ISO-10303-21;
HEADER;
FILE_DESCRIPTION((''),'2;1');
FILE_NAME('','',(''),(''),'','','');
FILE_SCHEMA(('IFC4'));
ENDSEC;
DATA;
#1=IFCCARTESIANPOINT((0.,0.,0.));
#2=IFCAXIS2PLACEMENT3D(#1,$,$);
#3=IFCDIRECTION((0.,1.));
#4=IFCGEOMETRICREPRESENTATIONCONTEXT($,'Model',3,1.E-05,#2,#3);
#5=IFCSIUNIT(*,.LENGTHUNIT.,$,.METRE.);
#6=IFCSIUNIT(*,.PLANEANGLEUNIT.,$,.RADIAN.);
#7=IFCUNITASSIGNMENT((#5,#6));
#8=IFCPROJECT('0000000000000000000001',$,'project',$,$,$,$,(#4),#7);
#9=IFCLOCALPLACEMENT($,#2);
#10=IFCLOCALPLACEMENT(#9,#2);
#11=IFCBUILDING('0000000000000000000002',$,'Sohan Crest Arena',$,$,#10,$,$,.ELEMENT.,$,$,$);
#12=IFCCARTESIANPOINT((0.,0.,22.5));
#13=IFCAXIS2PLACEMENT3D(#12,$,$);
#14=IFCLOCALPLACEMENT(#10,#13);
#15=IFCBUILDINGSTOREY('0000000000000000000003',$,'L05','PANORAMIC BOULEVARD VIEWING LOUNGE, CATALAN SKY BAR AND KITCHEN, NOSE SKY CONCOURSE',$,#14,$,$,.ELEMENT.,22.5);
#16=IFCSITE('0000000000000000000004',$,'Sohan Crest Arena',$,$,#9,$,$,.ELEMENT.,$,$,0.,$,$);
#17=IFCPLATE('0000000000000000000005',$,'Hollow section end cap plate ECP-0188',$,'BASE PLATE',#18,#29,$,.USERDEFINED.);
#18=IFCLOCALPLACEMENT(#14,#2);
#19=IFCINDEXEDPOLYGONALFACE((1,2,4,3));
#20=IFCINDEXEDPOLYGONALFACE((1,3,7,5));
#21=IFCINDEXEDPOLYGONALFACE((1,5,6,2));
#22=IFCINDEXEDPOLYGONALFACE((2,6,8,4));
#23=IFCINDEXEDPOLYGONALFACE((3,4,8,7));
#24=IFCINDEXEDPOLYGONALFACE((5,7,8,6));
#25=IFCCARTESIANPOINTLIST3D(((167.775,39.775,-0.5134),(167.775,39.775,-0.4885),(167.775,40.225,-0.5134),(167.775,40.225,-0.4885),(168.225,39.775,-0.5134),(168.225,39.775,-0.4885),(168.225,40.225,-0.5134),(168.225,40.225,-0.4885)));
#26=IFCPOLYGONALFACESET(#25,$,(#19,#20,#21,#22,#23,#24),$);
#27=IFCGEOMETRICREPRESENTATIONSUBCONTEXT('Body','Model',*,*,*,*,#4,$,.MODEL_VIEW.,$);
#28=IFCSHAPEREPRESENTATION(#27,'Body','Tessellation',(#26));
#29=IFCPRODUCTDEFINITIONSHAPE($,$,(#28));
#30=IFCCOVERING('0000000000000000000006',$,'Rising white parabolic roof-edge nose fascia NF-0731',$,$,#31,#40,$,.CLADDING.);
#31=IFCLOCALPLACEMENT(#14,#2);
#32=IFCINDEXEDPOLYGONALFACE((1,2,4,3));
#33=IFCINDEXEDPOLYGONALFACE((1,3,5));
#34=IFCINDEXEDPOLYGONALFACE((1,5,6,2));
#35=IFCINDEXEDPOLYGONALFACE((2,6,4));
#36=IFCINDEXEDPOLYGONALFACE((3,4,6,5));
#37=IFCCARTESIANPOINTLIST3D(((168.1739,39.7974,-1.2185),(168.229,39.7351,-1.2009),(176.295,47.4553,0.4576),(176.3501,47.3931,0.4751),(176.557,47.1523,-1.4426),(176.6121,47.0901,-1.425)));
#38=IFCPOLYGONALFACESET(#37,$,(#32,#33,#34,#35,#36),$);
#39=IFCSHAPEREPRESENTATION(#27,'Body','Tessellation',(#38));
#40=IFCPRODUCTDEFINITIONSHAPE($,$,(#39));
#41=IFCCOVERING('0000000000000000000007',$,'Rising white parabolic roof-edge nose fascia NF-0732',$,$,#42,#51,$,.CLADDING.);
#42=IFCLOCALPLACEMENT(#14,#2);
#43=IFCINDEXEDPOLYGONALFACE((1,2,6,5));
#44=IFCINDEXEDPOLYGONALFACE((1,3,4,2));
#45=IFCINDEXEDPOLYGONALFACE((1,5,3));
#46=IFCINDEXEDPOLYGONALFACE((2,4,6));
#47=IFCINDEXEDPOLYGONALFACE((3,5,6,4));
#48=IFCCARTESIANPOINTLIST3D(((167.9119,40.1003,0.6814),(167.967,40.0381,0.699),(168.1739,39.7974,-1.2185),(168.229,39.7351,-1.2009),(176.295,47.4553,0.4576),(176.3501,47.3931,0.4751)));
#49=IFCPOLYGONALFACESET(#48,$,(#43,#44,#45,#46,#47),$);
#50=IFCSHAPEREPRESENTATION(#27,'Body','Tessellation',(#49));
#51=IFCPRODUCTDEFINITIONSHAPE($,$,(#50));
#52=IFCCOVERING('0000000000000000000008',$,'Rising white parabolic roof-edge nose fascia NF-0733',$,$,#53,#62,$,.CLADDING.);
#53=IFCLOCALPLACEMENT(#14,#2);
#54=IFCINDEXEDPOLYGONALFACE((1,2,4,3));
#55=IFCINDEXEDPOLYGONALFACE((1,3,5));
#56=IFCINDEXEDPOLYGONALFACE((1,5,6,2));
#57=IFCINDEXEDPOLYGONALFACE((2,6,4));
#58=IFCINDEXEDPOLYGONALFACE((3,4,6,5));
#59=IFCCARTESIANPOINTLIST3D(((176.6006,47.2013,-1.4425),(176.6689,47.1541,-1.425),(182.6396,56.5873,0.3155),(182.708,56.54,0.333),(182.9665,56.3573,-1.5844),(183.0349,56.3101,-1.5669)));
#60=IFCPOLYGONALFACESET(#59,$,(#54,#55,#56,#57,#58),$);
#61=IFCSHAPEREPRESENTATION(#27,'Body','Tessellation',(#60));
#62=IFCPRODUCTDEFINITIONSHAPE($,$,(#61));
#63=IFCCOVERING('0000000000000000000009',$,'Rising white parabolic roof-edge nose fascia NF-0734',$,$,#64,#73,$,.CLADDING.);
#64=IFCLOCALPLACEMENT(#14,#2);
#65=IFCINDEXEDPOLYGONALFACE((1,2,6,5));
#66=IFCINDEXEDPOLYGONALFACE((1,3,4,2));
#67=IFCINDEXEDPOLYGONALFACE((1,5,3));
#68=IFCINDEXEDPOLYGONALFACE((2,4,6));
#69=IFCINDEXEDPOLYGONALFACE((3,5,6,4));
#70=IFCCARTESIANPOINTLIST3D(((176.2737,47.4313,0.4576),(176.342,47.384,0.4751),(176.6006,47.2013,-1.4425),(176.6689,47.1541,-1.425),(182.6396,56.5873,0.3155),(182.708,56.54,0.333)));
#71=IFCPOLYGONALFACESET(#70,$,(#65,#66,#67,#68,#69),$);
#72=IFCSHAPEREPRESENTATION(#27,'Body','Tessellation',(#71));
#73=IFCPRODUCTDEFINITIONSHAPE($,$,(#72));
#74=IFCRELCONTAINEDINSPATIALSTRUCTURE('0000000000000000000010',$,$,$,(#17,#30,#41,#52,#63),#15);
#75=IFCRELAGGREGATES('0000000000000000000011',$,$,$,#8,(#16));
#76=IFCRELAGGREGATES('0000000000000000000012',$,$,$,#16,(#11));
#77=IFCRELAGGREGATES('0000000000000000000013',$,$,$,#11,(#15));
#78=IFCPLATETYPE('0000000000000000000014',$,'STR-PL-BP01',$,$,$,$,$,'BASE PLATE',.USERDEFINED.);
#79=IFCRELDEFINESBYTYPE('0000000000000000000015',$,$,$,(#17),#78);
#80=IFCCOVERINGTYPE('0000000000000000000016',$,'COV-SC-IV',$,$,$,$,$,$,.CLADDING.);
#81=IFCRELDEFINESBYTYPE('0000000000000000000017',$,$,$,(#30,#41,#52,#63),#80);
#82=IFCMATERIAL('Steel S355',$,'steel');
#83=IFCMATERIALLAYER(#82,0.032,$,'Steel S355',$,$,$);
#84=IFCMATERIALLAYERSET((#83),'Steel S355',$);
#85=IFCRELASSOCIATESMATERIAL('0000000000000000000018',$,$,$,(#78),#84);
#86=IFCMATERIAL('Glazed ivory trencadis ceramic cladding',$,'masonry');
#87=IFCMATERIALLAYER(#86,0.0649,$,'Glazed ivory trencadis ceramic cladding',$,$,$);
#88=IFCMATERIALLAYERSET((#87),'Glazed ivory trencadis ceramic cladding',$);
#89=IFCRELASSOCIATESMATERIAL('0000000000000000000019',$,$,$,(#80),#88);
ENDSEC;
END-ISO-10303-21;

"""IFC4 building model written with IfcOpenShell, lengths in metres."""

from ifc_helpers import new_model, si_unit, direction, frame, origin, origin_2d, place, context, subcontext, project, spatial, polyline, rectangle, outline, extrude, material, layer, layer_set, type_object, element, save


model = new_model("IFC4")

# Units and contexts
model_context = context("Model", 3, precision=1e-05, world=origin(), true_north=direction((0.0, 1.0)))
body_context = subcontext(model_context, "Body", "Model", "MODEL_VIEW")
ifc_project = project(units=[si_unit("LENGTHUNIT", "METRE"), si_unit("PLANEANGLEUNIT", "RADIAN")], contexts=[model_context])

# Site, building, storey
site_placement = place(None, origin())
site = spatial("IfcSite", under=ifc_project, at=site_placement, Name="Sohan Crest Arena", CompositionType="ELEMENT", RefElevation=0.0)
building_placement = place(site_placement, origin())
building = spatial("IfcBuilding", under=site, at=building_placement, Name="Sohan Crest Arena", CompositionType="ELEMENT")
storey_placement = place(building_placement, frame((0.0, 0.0, 22.5)))
storey = spatial("IfcBuildingStorey", under=building, at=storey_placement, Name="L05", Description="PANORAMIC BOULEVARD VIEWING LOUNGE, CATALAN SKY BAR AND KITCHEN, NOSE SKY CONCOURSE", CompositionType="ELEMENT", Elevation=22.5)

# Shared definitions
ifc_material_1 = material(Name="Steel S355", Category="steel")

# Plate
ifc_layer_1 = layer(ifc_material_1, 0.032, Name="Steel S355")
ifc_layer_set_1 = layer_set([ifc_layer_1], Name="Steel S355")
plate_type = type_object("IfcPlateType", Name="STR-PL-BP01", ElementType="BASE PLATE", PredefinedType="USERDEFINED", material=ifc_layer_set_1)
plate_placement = place(storey_placement, frame((168.0, 40.0, -0.5134), z_axis=(0.0, 0.0, 1.0), x_axis=(1.0, 0.0, 0.0)))
element("IfcPlate", 1, at=plate_placement, inside=storey, type_object=plate_type, Name="Hollow section end cap plate ECP-0188", ObjectType="BASE PLATE", PredefinedType="USERDEFINED", context=body_context, shape_type="SweptSolid", body=[
    extrude(rectangle(XDim=0.45, YDim=0.45, at=origin_2d()), origin(), (0.0, 0.0, 1.0), 0.0249),
])

# Coverings
ifc_material_2 = material(Name="Glazed ivory trencadis ceramic cladding", Category="masonry")
ifc_layer_2 = layer(ifc_material_2, 0.0649, Name="Glazed ivory trencadis ceramic cladding")
ifc_layer_set_2 = layer_set([ifc_layer_2], Name="Glazed ivory trencadis ceramic cladding")
covering_type = type_object("IfcCoveringType", Name="COV-SC-IV", PredefinedType="CLADDING", material=ifc_layer_set_2)
covering_1_placement = place(storey_placement, frame((168.229, 39.7351, -1.2009), z_axis=(0.648441, -0.732795, 0.206241), x_axis=(0.751544, 0.659377, -0.020093)))
element("IfcCovering", 2, at=covering_1_placement, inside=storey, type_object=covering_type, Name="Rising white parabolic roof-edge nose fascia NF-0731", PredefinedType="CLADDING", context=body_context, shape_type="SweptSolid", body=[
    extrude(outline(polyline([(0.0, 0.0), (11.1544, 0.0), (11.1192, 1.9416), (0.0, 0.0)])), origin(), (0.0, 0.0, -1.0), 0.085),
])
covering_2_placement = place(storey_placement, frame((168.229, 39.7351, -1.2009), z_axis=(0.648434, -0.732794, 0.206267), x_axis=(0.719483, 0.678452, 0.148486)))
element("IfcCovering", 3, at=covering_2_placement, inside=storey, type_object=covering_type, Name="Rising white parabolic roof-edge nose fascia NF-0732", PredefinedType="CLADDING", context=body_context, shape_type="SweptSolid", body=[
    extrude(outline(polyline([(0.0, 0.0), (11.2874, 0.0), (0.2992, 1.9185), (0.0, 0.0)])), origin(), (0.0, 0.0, -1.0), 0.085),
])
covering_3_placement = place(storey_placement, frame((176.6689, 47.1541, -1.425), z_axis=(0.804955, -0.556478, 0.205864), x_axis=(0.570811, 0.820983, -0.012719)))
element("IfcCovering", 4, at=covering_3_placement, inside=storey, type_object=covering_type, Name="Rising white parabolic roof-edge nose fascia NF-0733", PredefinedType="CLADDING", context=body_context, shape_type="SweptSolid", body=[
    extrude(outline(polyline([(0.0, 0.0), (11.1525, 0.0), (11.1305, 1.9414), (0.0, 0.0)])), origin(), (0.0, 0.0, -1.0), 0.085),
])
covering_4_placement = place(storey_placement, frame((176.6689, 47.1541, -1.425), z_axis=(0.804962, -0.556477, 0.205839), x_axis=(0.534498, 0.830723, 0.1556)))
element("IfcCovering", 5, at=covering_4_placement, inside=storey, type_object=covering_type, Name="Rising white parabolic roof-edge nose fascia NF-0734", PredefinedType="CLADDING", context=body_context, shape_type="SweptSolid", body=[
    extrude(outline(polyline([(0.0, 0.0), (11.2986, 0.0), (0.312, 1.9165), (0.0, 0.0)])), origin(), (0.0, 0.0, -1.0), 0.085),
])

save(model, "model.ifc")
